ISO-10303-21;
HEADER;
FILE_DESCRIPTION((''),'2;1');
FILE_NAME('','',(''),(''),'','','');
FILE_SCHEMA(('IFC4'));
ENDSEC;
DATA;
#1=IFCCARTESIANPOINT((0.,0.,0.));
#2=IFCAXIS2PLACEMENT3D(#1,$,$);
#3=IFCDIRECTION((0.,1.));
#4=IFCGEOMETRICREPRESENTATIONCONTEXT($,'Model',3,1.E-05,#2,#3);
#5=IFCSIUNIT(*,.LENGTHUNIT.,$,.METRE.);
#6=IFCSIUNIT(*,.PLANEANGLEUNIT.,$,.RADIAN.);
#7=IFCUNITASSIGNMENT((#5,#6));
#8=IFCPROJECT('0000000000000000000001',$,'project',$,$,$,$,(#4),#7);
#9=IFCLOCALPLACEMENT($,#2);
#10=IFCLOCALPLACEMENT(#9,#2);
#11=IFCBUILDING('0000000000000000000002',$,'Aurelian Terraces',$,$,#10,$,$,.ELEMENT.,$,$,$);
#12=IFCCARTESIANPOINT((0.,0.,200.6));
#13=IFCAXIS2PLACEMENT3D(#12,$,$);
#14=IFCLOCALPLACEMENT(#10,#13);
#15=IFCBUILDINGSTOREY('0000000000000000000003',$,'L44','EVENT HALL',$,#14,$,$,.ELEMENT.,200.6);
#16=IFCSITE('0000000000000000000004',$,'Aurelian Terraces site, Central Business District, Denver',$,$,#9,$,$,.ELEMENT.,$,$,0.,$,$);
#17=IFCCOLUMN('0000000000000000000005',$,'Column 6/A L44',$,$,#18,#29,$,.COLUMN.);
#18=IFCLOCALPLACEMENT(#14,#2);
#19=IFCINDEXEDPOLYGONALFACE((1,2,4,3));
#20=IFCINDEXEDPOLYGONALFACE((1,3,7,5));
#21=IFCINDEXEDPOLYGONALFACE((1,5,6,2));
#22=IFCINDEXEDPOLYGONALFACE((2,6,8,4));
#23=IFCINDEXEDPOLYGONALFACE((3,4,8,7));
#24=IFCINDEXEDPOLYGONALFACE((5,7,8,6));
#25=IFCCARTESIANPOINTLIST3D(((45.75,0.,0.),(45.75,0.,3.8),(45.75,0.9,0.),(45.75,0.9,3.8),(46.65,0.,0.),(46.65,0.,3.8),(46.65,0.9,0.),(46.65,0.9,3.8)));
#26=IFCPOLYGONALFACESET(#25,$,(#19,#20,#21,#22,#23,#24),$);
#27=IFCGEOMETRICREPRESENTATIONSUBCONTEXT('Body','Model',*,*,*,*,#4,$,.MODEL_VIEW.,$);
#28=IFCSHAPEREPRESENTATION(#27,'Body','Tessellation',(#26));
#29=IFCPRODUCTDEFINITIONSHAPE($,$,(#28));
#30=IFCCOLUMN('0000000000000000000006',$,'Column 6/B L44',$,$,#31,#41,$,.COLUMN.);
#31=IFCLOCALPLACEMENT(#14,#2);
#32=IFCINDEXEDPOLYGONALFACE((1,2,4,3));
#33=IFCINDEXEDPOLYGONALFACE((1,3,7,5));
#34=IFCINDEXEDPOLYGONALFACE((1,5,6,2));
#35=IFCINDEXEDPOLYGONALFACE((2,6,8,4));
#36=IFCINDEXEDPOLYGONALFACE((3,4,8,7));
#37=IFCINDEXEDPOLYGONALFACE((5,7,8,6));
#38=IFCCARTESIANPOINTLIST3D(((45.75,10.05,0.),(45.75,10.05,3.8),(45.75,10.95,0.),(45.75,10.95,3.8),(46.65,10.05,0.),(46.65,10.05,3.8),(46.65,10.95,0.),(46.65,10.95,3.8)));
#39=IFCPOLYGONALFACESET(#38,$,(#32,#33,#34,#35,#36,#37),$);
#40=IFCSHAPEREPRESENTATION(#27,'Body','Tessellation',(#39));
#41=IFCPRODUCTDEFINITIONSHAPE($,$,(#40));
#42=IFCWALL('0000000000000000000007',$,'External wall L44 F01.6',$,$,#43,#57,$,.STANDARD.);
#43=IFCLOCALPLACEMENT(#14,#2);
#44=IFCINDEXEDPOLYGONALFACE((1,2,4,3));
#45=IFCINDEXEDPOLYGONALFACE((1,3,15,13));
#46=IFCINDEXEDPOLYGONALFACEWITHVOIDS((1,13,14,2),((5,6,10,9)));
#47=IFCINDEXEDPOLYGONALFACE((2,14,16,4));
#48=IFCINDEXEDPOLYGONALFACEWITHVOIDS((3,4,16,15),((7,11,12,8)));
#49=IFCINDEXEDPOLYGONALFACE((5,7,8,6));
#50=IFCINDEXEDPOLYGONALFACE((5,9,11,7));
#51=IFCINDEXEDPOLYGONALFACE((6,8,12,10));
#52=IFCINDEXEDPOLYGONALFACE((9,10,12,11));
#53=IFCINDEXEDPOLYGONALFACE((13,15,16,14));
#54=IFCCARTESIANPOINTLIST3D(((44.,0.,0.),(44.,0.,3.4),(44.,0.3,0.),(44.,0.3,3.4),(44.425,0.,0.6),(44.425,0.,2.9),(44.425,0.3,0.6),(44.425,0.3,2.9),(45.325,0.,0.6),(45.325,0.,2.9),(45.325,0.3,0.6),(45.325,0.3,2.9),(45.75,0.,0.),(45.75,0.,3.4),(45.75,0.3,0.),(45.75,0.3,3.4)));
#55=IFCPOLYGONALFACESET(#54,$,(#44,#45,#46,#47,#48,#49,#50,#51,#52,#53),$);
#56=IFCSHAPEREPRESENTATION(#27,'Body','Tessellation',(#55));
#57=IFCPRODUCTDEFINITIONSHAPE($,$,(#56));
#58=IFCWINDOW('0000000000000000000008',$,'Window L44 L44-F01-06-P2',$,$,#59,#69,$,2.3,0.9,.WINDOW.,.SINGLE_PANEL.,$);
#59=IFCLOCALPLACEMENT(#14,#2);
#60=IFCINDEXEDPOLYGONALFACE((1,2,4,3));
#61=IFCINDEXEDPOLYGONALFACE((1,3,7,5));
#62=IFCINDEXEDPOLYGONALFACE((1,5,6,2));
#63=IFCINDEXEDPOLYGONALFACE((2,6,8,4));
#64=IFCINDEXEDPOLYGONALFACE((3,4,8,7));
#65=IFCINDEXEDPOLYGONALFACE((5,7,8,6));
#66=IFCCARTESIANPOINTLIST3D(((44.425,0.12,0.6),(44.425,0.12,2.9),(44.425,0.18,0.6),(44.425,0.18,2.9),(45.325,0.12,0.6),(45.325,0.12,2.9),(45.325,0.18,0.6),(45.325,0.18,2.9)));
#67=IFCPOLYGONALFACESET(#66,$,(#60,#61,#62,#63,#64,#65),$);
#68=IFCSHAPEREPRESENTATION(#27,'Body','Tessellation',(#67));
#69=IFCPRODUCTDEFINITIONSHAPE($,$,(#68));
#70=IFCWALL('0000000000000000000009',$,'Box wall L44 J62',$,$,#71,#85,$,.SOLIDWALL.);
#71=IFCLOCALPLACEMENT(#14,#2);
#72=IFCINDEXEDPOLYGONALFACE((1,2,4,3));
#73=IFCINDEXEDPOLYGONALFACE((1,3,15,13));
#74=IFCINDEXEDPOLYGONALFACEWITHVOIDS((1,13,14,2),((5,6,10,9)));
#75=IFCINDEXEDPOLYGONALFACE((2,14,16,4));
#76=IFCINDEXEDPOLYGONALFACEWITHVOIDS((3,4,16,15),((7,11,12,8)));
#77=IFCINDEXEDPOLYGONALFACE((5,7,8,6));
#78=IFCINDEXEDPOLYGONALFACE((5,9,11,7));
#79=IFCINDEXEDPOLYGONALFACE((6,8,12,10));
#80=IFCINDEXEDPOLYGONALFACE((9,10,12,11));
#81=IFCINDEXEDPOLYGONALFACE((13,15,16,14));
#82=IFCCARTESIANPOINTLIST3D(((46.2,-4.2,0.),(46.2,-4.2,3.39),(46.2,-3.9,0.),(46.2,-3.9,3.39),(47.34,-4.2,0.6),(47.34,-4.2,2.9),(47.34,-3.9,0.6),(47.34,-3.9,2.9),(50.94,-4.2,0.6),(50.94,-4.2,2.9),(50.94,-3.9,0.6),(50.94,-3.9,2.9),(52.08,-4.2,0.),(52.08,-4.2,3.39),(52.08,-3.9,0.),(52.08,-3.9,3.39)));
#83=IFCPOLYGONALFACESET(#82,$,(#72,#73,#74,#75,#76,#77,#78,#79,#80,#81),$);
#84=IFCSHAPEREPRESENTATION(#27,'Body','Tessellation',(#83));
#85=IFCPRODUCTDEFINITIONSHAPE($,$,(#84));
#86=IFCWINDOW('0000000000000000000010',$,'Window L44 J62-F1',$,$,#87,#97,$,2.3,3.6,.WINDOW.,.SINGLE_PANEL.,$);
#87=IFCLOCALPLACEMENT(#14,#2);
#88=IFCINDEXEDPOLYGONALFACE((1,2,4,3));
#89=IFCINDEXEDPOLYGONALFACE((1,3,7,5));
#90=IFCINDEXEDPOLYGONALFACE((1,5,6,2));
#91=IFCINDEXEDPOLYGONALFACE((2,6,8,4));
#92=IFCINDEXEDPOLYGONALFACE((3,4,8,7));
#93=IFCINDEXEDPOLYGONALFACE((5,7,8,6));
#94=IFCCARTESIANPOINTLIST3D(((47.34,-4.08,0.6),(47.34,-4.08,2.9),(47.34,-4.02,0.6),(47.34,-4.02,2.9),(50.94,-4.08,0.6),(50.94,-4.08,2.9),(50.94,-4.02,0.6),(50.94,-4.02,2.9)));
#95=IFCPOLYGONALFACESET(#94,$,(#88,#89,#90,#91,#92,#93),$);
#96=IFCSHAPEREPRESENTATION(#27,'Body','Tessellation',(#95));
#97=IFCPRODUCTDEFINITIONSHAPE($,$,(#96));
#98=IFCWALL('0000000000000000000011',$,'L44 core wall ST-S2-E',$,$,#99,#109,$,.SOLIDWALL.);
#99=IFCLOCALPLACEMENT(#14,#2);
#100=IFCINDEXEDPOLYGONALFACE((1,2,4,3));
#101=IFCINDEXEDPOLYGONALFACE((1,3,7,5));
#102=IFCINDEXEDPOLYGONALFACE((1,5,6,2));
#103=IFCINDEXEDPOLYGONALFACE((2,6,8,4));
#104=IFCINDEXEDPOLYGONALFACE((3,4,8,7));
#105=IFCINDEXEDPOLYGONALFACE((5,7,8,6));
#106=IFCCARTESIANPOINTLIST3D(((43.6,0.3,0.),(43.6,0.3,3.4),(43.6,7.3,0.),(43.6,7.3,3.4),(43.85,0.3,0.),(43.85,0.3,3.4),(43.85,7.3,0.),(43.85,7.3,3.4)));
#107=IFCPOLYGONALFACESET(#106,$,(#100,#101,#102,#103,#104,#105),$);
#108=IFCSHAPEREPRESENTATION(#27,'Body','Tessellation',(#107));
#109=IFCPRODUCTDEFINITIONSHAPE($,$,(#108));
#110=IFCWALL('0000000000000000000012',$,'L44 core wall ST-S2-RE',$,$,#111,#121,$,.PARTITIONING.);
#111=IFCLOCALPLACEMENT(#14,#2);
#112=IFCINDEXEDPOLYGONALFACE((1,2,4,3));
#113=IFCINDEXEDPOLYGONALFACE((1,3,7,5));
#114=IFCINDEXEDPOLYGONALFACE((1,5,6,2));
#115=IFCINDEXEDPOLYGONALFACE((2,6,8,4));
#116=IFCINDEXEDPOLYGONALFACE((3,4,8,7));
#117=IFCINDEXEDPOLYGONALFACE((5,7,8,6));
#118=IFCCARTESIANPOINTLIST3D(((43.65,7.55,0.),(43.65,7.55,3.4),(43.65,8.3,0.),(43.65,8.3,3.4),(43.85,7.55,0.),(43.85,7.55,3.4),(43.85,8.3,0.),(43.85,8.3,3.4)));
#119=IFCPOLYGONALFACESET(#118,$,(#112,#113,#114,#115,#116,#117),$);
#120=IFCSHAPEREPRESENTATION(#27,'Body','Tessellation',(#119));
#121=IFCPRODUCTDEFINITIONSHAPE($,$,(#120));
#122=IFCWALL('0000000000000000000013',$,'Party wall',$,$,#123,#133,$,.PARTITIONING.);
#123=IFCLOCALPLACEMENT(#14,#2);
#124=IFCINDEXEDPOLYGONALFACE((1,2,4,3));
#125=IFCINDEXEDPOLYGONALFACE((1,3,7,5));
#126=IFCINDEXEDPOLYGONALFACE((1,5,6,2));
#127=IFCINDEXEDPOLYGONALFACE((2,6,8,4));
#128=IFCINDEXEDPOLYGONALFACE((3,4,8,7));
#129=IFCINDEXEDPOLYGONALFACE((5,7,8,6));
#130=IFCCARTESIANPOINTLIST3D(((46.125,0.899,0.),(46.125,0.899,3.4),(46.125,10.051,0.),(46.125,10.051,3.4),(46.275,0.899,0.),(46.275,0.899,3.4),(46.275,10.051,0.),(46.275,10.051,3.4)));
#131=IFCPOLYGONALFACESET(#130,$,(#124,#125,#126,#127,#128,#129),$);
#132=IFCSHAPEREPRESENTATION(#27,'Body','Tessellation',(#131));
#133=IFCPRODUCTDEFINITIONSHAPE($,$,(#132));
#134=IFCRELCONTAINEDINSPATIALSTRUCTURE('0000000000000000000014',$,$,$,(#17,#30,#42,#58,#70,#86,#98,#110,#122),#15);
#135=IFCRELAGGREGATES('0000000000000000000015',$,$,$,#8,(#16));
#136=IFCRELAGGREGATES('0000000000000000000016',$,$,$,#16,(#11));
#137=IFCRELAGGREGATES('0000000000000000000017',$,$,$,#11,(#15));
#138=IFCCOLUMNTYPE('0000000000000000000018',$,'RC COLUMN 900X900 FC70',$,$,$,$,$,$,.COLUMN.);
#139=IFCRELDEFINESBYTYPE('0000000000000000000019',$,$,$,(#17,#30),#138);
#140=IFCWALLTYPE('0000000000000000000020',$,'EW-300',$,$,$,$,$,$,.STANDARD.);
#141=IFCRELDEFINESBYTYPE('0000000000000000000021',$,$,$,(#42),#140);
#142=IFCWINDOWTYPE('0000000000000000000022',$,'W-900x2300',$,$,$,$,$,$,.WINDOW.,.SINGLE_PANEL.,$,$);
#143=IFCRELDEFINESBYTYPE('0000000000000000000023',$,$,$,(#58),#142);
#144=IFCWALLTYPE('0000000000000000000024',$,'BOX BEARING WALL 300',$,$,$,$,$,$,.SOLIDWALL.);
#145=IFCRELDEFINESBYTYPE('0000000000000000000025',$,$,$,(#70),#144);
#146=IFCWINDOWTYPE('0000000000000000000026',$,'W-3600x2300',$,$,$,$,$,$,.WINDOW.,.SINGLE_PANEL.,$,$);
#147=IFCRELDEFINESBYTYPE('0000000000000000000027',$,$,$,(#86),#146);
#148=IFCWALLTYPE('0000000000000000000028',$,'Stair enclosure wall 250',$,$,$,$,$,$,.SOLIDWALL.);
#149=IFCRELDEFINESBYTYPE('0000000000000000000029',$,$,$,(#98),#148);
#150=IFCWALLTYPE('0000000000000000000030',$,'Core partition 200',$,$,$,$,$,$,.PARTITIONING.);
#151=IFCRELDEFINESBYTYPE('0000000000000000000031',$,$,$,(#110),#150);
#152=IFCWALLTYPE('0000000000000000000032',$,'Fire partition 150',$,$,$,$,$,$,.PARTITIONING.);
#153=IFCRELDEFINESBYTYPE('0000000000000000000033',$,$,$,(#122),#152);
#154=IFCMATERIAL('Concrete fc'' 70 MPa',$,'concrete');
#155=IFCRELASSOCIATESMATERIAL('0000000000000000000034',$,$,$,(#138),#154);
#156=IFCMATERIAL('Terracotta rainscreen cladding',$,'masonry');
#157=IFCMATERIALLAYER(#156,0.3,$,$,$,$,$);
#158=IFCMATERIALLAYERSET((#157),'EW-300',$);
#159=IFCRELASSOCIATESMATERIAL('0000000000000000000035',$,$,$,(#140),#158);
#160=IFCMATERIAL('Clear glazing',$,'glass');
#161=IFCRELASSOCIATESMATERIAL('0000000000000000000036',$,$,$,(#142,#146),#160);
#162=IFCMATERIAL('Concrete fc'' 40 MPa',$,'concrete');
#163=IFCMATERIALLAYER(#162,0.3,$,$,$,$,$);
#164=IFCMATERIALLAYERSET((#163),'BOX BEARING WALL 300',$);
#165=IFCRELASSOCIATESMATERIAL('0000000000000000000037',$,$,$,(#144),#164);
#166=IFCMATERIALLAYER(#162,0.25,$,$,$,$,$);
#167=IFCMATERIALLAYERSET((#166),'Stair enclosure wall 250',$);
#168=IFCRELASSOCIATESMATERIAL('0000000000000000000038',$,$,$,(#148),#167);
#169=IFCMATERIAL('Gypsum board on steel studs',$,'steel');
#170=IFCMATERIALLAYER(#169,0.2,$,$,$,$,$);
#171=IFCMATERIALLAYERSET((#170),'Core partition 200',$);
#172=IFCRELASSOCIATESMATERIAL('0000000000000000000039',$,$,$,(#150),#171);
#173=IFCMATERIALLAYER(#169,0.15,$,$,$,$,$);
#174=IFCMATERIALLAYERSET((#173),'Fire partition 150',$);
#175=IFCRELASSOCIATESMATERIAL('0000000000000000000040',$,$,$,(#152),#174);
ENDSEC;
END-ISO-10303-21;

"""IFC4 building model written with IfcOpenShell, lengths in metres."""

from ifc_helpers import new_model, si_unit, direction, frame, frame_2d, origin, origin_2d, place, context, subcontext, project, spatial, rectangle, extrude, source, transform, mapped, material, layer, layer_set, material_profile, profile_set, type_object, element, fill, save


model = new_model("IFC4")

# Units and contexts
model_context = context("Model", 3, precision=1e-05, world=origin(), true_north=direction((0.0, 1.0)))
body_context = subcontext(model_context, "Body", "Model", "MODEL_VIEW")
ifc_project = project(units=[si_unit("LENGTHUNIT", "METRE"), si_unit("PLANEANGLEUNIT", "RADIAN")], contexts=[model_context])

# Site, building, storey
site_placement = place(None, origin())
site = spatial("IfcSite", under=ifc_project, at=site_placement, Name="Aurelian Terraces site, Central Business District, Denver", CompositionType="ELEMENT", RefElevation=0.0)
building_placement = place(site_placement, origin())
building = spatial("IfcBuilding", under=site, at=building_placement, Name="Aurelian Terraces", CompositionType="ELEMENT")
storey_placement = place(building_placement, frame((0.0, 0.0, 200.6)))
storey = spatial("IfcBuildingStorey", under=building, at=storey_placement, Name="L44", Description="EVENT HALL", CompositionType="ELEMENT", Elevation=200.6)

# Columns
ifc_material_1 = material(Name="Concrete fc' 70 MPa", Category="concrete")
ifc_material_profile = material_profile(ifc_material_1, rectangle(XDim=0.9, YDim=0.9, at=origin_2d()))
ifc_profile_set = profile_set([ifc_material_profile], Name="Concrete fc' 70 MPa")
column_type = type_object("IfcColumnType", Name="RC COLUMN 900X900 FC70", PredefinedType="COLUMN", material=ifc_profile_set)
shared_shape_1 = source(origin(), body_context, "Body", "SweptSolid", [
    extrude(rectangle(XDim=0.9, YDim=0.9, at=origin_2d()), origin(), (0.0, 0.0, 1.0), 3.8),
])
for number, where, z_axis, x_axis, name in (
    (1, (46.2, 0.45, 0.0), (0.0, 0.0, 1.0), (1.0, 0.0, 0.0), "Column 6/A L44"),
    (2, (46.2, 10.5, 0.0), (0.0, 0.0, 1.0), (1.0, 0.0, 0.0), "Column 6/B L44"),
):
    element("IfcColumn", number, at=place(storey_placement, frame(where, z_axis=z_axis, x_axis=x_axis)), inside=storey, type_object=column_type, Name=name, PredefinedType="COLUMN", context=body_context, shape_type="MappedRepresentation", body=[
        mapped(shared_shape_1, transform((0.0, 0.0, 0.0), scale=1.0)),
    ])

# Walls, openings, windows
ifc_material_2 = material(Name="Terracotta rainscreen cladding", Category="masonry")
ifc_layer_1 = layer(ifc_material_2, 0.3)
ifc_layer_set_1 = layer_set([ifc_layer_1], Name="EW-300")
wall_type_1 = type_object("IfcWallType", Name="EW-300", PredefinedType="STANDARD", material=ifc_layer_set_1)
shared_shape_2 = source(origin(), body_context, "Body", "SweptSolid", [
    extrude(rectangle(XDim=1.75, YDim=0.3, at=frame_2d((0.875, 0.0))), origin(), (0.0, 0.0, 1.0), 3.4),
])
wall_1_placement = place(storey_placement, frame((44.0, 0.15, 0.0), z_axis=(0.0, 0.0, 1.0), x_axis=(1.0, 0.0, 0.0)))
wall_1 = element("IfcWall", 3, at=wall_1_placement, inside=storey, type_object=wall_type_1, Name="External wall L44 F01.6", PredefinedType="STANDARD", context=body_context, shape_type="MappedRepresentation", body=[
    mapped(shared_shape_2, transform((0.0, 0.0, 0.0), scale=1.0)),
])
shared_shape_3 = source(origin(), body_context, "Body", "SweptSolid", [
    extrude(rectangle(XDim=0.9, YDim=2.3, at=frame_2d((0.45, 1.15))), frame((0.0, 0.16, 0.0), z_axis=(0.0, -1.0, 0.0), x_axis=(1.0, 0.0, 0.0)), (0.0, 0.0, 1.0), 0.32),
])
opening_1_placement = place(wall_1_placement, frame((0.425, 0.0, 0.6)))
opening_1 = element("IfcOpeningElement", 4, at=opening_1_placement, cuts=wall_1, PredefinedType="OPENING", context=body_context, shape_type="MappedRepresentation", body=[
    mapped(shared_shape_3, transform((0.0, 0.0, 0.0), scale=1.0)),
])
ifc_material_3 = material(Name="Clear glazing", Category="glass")
window_type_1 = type_object("IfcWindowType", Name="W-900x2300", PartitioningType="SINGLE_PANEL", PredefinedType="WINDOW", material=ifc_material_3)
shared_shape_4 = source(origin(), body_context, "Body", "SweptSolid", [
    extrude(rectangle(XDim=0.9, YDim=2.3, at=frame_2d((0.45, 1.15))), frame((0.0, 0.03, 0.0), z_axis=(0.0, -1.0, 0.0), x_axis=(1.0, 0.0, 0.0)), (0.0, 0.0, 1.0), 0.06),
])
window_1_placement = place(opening_1_placement, origin())
window_1 = element("IfcWindow", 5, at=window_1_placement, inside=storey, type_object=window_type_1, Name="Window L44 L44-F01-06-P2", OverallHeight=2.3, OverallWidth=0.9, PartitioningType="SINGLE_PANEL", PredefinedType="WINDOW", context=body_context, shape_type="MappedRepresentation", body=[
    mapped(shared_shape_4, transform((0.0, 0.0, 0.0), scale=1.0)),
])
fill(opening_1, window_1)
ifc_material_4 = material(Name="Concrete fc' 40 MPa", Category="concrete")
ifc_layer_2 = layer(ifc_material_4, 0.3)
ifc_layer_set_2 = layer_set([ifc_layer_2], Name="BOX BEARING WALL 300")
wall_type_2 = type_object("IfcWallType", Name="BOX BEARING WALL 300", PredefinedType="SOLIDWALL", material=ifc_layer_set_2)
shared_shape_5 = source(origin(), body_context, "Body", "SweptSolid", [
    extrude(rectangle(XDim=5.88, YDim=0.3, at=frame_2d((2.94, 0.0))), origin(), (0.0, 0.0, 1.0), 3.39),
])
wall_2_placement = place(storey_placement, frame((46.2, -4.05, 0.0), z_axis=(0.0, 0.0, 1.0), x_axis=(1.0, 0.0, 0.0)))
wall_2 = element("IfcWall", 6, at=wall_2_placement, inside=storey, type_object=wall_type_2, Name="Box wall L44 J62", PredefinedType="SOLIDWALL", context=body_context, shape_type="MappedRepresentation", body=[
    mapped(shared_shape_5, transform((0.0, 0.0, 0.0), scale=1.0)),
])
shared_shape_6 = source(origin(), body_context, "Body", "SweptSolid", [
    extrude(rectangle(XDim=3.6, YDim=2.3, at=frame_2d((1.8, 1.15))), frame((0.0, 0.16, 0.0), z_axis=(0.0, -1.0, 0.0), x_axis=(1.0, 0.0, 0.0)), (0.0, 0.0, 1.0), 0.32),
])
opening_2_placement = place(wall_2_placement, frame((1.14, 0.0, 0.6)))
opening_2 = element("IfcOpeningElement", 7, at=opening_2_placement, cuts=wall_2, PredefinedType="OPENING", context=body_context, shape_type="MappedRepresentation", body=[
    mapped(shared_shape_6, transform((0.0, 0.0, 0.0), scale=1.0)),
])
window_type_2 = type_object("IfcWindowType", Name="W-3600x2300", PartitioningType="SINGLE_PANEL", PredefinedType="WINDOW", material=ifc_material_3)
shared_shape_7 = source(origin(), body_context, "Body", "SweptSolid", [
    extrude(rectangle(XDim=3.6, YDim=2.3, at=frame_2d((1.8, 1.15))), frame((0.0, 0.03, 0.0), z_axis=(0.0, -1.0, 0.0), x_axis=(1.0, 0.0, 0.0)), (0.0, 0.0, 1.0), 0.06),
])
window_2_placement = place(opening_2_placement, origin())
window_2 = element("IfcWindow", 8, at=window_2_placement, inside=storey, type_object=window_type_2, Name="Window L44 J62-F1", OverallHeight=2.3, OverallWidth=3.6, PartitioningType="SINGLE_PANEL", PredefinedType="WINDOW", context=body_context, shape_type="MappedRepresentation", body=[
    mapped(shared_shape_7, transform((0.0, 0.0, 0.0), scale=1.0)),
])
fill(opening_2, window_2)

# Walls
ifc_layer_3 = layer(ifc_material_4, 0.25)
ifc_layer_set_3 = layer_set([ifc_layer_3], Name="Stair enclosure wall 250")
wall_type_3 = type_object("IfcWallType", Name="Stair enclosure wall 250", PredefinedType="SOLIDWALL", material=ifc_layer_set_3)
shared_shape_8 = source(origin(), body_context, "Body", "SweptSolid", [
    extrude(rectangle(XDim=7.0, YDim=0.25, at=frame_2d((3.5, 0.0))), origin(), (0.0, 0.0, 1.0), 3.4),
])
wall_3_placement = place(storey_placement, frame((43.725, 0.3, 0.0), z_axis=(0.0, 0.0, 1.0), x_axis=(0.0, 1.0, 0.0)))
element("IfcWall", 9, at=wall_3_placement, inside=storey, type_object=wall_type_3, Name="L44 core wall ST-S2-E", PredefinedType="SOLIDWALL", context=body_context, shape_type="MappedRepresentation", body=[
    mapped(shared_shape_8, transform((0.0, 0.0, 0.0), scale=1.0)),
])
ifc_material_5 = material(Name="Gypsum board on steel studs", Category="steel")
ifc_layer_4 = layer(ifc_material_5, 0.2)
ifc_layer_set_4 = layer_set([ifc_layer_4], Name="Core partition 200")
wall_type_4 = type_object("IfcWallType", Name="Core partition 200", PredefinedType="PARTITIONING", material=ifc_layer_set_4)
shared_shape_9 = source(origin(), body_context, "Body", "SweptSolid", [
    extrude(rectangle(XDim=0.75, YDim=0.2, at=frame_2d((0.375, 0.0))), origin(), (0.0, 0.0, 1.0), 3.4),
])
wall_4_placement = place(storey_placement, frame((43.75, 7.55, 0.0), z_axis=(0.0, 0.0, 1.0), x_axis=(0.0, 1.0, 0.0)))
element("IfcWall", 10, at=wall_4_placement, inside=storey, type_object=wall_type_4, Name="L44 core wall ST-S2-RE", PredefinedType="PARTITIONING", context=body_context, shape_type="MappedRepresentation", body=[
    mapped(shared_shape_9, transform((0.0, 0.0, 0.0), scale=1.0)),
])
ifc_layer_5 = layer(ifc_material_5, 0.15)
ifc_layer_set_5 = layer_set([ifc_layer_5], Name="Fire partition 150")
wall_type_5 = type_object("IfcWallType", Name="Fire partition 150", PredefinedType="PARTITIONING", material=ifc_layer_set_5)
shared_shape_10 = source(origin(), body_context, "Body", "SweptSolid", [
    extrude(rectangle(XDim=9.152, YDim=0.15, at=frame_2d((4.576, 0.0))), origin(), (0.0, 0.0, 1.0), 3.4),
])
wall_5_placement = place(storey_placement, frame((46.2, 0.899, 0.0), z_axis=(0.0, 0.0, 1.0), x_axis=(0.0, 1.0, 0.0)))
element("IfcWall", 11, at=wall_5_placement, inside=storey, type_object=wall_type_5, Name="Party wall", PredefinedType="PARTITIONING", context=body_context, shape_type="MappedRepresentation", body=[
    mapped(shared_shape_10, transform((0.0, 0.0, 0.0), scale=1.0)),
])

save(model, "model.ifc")
